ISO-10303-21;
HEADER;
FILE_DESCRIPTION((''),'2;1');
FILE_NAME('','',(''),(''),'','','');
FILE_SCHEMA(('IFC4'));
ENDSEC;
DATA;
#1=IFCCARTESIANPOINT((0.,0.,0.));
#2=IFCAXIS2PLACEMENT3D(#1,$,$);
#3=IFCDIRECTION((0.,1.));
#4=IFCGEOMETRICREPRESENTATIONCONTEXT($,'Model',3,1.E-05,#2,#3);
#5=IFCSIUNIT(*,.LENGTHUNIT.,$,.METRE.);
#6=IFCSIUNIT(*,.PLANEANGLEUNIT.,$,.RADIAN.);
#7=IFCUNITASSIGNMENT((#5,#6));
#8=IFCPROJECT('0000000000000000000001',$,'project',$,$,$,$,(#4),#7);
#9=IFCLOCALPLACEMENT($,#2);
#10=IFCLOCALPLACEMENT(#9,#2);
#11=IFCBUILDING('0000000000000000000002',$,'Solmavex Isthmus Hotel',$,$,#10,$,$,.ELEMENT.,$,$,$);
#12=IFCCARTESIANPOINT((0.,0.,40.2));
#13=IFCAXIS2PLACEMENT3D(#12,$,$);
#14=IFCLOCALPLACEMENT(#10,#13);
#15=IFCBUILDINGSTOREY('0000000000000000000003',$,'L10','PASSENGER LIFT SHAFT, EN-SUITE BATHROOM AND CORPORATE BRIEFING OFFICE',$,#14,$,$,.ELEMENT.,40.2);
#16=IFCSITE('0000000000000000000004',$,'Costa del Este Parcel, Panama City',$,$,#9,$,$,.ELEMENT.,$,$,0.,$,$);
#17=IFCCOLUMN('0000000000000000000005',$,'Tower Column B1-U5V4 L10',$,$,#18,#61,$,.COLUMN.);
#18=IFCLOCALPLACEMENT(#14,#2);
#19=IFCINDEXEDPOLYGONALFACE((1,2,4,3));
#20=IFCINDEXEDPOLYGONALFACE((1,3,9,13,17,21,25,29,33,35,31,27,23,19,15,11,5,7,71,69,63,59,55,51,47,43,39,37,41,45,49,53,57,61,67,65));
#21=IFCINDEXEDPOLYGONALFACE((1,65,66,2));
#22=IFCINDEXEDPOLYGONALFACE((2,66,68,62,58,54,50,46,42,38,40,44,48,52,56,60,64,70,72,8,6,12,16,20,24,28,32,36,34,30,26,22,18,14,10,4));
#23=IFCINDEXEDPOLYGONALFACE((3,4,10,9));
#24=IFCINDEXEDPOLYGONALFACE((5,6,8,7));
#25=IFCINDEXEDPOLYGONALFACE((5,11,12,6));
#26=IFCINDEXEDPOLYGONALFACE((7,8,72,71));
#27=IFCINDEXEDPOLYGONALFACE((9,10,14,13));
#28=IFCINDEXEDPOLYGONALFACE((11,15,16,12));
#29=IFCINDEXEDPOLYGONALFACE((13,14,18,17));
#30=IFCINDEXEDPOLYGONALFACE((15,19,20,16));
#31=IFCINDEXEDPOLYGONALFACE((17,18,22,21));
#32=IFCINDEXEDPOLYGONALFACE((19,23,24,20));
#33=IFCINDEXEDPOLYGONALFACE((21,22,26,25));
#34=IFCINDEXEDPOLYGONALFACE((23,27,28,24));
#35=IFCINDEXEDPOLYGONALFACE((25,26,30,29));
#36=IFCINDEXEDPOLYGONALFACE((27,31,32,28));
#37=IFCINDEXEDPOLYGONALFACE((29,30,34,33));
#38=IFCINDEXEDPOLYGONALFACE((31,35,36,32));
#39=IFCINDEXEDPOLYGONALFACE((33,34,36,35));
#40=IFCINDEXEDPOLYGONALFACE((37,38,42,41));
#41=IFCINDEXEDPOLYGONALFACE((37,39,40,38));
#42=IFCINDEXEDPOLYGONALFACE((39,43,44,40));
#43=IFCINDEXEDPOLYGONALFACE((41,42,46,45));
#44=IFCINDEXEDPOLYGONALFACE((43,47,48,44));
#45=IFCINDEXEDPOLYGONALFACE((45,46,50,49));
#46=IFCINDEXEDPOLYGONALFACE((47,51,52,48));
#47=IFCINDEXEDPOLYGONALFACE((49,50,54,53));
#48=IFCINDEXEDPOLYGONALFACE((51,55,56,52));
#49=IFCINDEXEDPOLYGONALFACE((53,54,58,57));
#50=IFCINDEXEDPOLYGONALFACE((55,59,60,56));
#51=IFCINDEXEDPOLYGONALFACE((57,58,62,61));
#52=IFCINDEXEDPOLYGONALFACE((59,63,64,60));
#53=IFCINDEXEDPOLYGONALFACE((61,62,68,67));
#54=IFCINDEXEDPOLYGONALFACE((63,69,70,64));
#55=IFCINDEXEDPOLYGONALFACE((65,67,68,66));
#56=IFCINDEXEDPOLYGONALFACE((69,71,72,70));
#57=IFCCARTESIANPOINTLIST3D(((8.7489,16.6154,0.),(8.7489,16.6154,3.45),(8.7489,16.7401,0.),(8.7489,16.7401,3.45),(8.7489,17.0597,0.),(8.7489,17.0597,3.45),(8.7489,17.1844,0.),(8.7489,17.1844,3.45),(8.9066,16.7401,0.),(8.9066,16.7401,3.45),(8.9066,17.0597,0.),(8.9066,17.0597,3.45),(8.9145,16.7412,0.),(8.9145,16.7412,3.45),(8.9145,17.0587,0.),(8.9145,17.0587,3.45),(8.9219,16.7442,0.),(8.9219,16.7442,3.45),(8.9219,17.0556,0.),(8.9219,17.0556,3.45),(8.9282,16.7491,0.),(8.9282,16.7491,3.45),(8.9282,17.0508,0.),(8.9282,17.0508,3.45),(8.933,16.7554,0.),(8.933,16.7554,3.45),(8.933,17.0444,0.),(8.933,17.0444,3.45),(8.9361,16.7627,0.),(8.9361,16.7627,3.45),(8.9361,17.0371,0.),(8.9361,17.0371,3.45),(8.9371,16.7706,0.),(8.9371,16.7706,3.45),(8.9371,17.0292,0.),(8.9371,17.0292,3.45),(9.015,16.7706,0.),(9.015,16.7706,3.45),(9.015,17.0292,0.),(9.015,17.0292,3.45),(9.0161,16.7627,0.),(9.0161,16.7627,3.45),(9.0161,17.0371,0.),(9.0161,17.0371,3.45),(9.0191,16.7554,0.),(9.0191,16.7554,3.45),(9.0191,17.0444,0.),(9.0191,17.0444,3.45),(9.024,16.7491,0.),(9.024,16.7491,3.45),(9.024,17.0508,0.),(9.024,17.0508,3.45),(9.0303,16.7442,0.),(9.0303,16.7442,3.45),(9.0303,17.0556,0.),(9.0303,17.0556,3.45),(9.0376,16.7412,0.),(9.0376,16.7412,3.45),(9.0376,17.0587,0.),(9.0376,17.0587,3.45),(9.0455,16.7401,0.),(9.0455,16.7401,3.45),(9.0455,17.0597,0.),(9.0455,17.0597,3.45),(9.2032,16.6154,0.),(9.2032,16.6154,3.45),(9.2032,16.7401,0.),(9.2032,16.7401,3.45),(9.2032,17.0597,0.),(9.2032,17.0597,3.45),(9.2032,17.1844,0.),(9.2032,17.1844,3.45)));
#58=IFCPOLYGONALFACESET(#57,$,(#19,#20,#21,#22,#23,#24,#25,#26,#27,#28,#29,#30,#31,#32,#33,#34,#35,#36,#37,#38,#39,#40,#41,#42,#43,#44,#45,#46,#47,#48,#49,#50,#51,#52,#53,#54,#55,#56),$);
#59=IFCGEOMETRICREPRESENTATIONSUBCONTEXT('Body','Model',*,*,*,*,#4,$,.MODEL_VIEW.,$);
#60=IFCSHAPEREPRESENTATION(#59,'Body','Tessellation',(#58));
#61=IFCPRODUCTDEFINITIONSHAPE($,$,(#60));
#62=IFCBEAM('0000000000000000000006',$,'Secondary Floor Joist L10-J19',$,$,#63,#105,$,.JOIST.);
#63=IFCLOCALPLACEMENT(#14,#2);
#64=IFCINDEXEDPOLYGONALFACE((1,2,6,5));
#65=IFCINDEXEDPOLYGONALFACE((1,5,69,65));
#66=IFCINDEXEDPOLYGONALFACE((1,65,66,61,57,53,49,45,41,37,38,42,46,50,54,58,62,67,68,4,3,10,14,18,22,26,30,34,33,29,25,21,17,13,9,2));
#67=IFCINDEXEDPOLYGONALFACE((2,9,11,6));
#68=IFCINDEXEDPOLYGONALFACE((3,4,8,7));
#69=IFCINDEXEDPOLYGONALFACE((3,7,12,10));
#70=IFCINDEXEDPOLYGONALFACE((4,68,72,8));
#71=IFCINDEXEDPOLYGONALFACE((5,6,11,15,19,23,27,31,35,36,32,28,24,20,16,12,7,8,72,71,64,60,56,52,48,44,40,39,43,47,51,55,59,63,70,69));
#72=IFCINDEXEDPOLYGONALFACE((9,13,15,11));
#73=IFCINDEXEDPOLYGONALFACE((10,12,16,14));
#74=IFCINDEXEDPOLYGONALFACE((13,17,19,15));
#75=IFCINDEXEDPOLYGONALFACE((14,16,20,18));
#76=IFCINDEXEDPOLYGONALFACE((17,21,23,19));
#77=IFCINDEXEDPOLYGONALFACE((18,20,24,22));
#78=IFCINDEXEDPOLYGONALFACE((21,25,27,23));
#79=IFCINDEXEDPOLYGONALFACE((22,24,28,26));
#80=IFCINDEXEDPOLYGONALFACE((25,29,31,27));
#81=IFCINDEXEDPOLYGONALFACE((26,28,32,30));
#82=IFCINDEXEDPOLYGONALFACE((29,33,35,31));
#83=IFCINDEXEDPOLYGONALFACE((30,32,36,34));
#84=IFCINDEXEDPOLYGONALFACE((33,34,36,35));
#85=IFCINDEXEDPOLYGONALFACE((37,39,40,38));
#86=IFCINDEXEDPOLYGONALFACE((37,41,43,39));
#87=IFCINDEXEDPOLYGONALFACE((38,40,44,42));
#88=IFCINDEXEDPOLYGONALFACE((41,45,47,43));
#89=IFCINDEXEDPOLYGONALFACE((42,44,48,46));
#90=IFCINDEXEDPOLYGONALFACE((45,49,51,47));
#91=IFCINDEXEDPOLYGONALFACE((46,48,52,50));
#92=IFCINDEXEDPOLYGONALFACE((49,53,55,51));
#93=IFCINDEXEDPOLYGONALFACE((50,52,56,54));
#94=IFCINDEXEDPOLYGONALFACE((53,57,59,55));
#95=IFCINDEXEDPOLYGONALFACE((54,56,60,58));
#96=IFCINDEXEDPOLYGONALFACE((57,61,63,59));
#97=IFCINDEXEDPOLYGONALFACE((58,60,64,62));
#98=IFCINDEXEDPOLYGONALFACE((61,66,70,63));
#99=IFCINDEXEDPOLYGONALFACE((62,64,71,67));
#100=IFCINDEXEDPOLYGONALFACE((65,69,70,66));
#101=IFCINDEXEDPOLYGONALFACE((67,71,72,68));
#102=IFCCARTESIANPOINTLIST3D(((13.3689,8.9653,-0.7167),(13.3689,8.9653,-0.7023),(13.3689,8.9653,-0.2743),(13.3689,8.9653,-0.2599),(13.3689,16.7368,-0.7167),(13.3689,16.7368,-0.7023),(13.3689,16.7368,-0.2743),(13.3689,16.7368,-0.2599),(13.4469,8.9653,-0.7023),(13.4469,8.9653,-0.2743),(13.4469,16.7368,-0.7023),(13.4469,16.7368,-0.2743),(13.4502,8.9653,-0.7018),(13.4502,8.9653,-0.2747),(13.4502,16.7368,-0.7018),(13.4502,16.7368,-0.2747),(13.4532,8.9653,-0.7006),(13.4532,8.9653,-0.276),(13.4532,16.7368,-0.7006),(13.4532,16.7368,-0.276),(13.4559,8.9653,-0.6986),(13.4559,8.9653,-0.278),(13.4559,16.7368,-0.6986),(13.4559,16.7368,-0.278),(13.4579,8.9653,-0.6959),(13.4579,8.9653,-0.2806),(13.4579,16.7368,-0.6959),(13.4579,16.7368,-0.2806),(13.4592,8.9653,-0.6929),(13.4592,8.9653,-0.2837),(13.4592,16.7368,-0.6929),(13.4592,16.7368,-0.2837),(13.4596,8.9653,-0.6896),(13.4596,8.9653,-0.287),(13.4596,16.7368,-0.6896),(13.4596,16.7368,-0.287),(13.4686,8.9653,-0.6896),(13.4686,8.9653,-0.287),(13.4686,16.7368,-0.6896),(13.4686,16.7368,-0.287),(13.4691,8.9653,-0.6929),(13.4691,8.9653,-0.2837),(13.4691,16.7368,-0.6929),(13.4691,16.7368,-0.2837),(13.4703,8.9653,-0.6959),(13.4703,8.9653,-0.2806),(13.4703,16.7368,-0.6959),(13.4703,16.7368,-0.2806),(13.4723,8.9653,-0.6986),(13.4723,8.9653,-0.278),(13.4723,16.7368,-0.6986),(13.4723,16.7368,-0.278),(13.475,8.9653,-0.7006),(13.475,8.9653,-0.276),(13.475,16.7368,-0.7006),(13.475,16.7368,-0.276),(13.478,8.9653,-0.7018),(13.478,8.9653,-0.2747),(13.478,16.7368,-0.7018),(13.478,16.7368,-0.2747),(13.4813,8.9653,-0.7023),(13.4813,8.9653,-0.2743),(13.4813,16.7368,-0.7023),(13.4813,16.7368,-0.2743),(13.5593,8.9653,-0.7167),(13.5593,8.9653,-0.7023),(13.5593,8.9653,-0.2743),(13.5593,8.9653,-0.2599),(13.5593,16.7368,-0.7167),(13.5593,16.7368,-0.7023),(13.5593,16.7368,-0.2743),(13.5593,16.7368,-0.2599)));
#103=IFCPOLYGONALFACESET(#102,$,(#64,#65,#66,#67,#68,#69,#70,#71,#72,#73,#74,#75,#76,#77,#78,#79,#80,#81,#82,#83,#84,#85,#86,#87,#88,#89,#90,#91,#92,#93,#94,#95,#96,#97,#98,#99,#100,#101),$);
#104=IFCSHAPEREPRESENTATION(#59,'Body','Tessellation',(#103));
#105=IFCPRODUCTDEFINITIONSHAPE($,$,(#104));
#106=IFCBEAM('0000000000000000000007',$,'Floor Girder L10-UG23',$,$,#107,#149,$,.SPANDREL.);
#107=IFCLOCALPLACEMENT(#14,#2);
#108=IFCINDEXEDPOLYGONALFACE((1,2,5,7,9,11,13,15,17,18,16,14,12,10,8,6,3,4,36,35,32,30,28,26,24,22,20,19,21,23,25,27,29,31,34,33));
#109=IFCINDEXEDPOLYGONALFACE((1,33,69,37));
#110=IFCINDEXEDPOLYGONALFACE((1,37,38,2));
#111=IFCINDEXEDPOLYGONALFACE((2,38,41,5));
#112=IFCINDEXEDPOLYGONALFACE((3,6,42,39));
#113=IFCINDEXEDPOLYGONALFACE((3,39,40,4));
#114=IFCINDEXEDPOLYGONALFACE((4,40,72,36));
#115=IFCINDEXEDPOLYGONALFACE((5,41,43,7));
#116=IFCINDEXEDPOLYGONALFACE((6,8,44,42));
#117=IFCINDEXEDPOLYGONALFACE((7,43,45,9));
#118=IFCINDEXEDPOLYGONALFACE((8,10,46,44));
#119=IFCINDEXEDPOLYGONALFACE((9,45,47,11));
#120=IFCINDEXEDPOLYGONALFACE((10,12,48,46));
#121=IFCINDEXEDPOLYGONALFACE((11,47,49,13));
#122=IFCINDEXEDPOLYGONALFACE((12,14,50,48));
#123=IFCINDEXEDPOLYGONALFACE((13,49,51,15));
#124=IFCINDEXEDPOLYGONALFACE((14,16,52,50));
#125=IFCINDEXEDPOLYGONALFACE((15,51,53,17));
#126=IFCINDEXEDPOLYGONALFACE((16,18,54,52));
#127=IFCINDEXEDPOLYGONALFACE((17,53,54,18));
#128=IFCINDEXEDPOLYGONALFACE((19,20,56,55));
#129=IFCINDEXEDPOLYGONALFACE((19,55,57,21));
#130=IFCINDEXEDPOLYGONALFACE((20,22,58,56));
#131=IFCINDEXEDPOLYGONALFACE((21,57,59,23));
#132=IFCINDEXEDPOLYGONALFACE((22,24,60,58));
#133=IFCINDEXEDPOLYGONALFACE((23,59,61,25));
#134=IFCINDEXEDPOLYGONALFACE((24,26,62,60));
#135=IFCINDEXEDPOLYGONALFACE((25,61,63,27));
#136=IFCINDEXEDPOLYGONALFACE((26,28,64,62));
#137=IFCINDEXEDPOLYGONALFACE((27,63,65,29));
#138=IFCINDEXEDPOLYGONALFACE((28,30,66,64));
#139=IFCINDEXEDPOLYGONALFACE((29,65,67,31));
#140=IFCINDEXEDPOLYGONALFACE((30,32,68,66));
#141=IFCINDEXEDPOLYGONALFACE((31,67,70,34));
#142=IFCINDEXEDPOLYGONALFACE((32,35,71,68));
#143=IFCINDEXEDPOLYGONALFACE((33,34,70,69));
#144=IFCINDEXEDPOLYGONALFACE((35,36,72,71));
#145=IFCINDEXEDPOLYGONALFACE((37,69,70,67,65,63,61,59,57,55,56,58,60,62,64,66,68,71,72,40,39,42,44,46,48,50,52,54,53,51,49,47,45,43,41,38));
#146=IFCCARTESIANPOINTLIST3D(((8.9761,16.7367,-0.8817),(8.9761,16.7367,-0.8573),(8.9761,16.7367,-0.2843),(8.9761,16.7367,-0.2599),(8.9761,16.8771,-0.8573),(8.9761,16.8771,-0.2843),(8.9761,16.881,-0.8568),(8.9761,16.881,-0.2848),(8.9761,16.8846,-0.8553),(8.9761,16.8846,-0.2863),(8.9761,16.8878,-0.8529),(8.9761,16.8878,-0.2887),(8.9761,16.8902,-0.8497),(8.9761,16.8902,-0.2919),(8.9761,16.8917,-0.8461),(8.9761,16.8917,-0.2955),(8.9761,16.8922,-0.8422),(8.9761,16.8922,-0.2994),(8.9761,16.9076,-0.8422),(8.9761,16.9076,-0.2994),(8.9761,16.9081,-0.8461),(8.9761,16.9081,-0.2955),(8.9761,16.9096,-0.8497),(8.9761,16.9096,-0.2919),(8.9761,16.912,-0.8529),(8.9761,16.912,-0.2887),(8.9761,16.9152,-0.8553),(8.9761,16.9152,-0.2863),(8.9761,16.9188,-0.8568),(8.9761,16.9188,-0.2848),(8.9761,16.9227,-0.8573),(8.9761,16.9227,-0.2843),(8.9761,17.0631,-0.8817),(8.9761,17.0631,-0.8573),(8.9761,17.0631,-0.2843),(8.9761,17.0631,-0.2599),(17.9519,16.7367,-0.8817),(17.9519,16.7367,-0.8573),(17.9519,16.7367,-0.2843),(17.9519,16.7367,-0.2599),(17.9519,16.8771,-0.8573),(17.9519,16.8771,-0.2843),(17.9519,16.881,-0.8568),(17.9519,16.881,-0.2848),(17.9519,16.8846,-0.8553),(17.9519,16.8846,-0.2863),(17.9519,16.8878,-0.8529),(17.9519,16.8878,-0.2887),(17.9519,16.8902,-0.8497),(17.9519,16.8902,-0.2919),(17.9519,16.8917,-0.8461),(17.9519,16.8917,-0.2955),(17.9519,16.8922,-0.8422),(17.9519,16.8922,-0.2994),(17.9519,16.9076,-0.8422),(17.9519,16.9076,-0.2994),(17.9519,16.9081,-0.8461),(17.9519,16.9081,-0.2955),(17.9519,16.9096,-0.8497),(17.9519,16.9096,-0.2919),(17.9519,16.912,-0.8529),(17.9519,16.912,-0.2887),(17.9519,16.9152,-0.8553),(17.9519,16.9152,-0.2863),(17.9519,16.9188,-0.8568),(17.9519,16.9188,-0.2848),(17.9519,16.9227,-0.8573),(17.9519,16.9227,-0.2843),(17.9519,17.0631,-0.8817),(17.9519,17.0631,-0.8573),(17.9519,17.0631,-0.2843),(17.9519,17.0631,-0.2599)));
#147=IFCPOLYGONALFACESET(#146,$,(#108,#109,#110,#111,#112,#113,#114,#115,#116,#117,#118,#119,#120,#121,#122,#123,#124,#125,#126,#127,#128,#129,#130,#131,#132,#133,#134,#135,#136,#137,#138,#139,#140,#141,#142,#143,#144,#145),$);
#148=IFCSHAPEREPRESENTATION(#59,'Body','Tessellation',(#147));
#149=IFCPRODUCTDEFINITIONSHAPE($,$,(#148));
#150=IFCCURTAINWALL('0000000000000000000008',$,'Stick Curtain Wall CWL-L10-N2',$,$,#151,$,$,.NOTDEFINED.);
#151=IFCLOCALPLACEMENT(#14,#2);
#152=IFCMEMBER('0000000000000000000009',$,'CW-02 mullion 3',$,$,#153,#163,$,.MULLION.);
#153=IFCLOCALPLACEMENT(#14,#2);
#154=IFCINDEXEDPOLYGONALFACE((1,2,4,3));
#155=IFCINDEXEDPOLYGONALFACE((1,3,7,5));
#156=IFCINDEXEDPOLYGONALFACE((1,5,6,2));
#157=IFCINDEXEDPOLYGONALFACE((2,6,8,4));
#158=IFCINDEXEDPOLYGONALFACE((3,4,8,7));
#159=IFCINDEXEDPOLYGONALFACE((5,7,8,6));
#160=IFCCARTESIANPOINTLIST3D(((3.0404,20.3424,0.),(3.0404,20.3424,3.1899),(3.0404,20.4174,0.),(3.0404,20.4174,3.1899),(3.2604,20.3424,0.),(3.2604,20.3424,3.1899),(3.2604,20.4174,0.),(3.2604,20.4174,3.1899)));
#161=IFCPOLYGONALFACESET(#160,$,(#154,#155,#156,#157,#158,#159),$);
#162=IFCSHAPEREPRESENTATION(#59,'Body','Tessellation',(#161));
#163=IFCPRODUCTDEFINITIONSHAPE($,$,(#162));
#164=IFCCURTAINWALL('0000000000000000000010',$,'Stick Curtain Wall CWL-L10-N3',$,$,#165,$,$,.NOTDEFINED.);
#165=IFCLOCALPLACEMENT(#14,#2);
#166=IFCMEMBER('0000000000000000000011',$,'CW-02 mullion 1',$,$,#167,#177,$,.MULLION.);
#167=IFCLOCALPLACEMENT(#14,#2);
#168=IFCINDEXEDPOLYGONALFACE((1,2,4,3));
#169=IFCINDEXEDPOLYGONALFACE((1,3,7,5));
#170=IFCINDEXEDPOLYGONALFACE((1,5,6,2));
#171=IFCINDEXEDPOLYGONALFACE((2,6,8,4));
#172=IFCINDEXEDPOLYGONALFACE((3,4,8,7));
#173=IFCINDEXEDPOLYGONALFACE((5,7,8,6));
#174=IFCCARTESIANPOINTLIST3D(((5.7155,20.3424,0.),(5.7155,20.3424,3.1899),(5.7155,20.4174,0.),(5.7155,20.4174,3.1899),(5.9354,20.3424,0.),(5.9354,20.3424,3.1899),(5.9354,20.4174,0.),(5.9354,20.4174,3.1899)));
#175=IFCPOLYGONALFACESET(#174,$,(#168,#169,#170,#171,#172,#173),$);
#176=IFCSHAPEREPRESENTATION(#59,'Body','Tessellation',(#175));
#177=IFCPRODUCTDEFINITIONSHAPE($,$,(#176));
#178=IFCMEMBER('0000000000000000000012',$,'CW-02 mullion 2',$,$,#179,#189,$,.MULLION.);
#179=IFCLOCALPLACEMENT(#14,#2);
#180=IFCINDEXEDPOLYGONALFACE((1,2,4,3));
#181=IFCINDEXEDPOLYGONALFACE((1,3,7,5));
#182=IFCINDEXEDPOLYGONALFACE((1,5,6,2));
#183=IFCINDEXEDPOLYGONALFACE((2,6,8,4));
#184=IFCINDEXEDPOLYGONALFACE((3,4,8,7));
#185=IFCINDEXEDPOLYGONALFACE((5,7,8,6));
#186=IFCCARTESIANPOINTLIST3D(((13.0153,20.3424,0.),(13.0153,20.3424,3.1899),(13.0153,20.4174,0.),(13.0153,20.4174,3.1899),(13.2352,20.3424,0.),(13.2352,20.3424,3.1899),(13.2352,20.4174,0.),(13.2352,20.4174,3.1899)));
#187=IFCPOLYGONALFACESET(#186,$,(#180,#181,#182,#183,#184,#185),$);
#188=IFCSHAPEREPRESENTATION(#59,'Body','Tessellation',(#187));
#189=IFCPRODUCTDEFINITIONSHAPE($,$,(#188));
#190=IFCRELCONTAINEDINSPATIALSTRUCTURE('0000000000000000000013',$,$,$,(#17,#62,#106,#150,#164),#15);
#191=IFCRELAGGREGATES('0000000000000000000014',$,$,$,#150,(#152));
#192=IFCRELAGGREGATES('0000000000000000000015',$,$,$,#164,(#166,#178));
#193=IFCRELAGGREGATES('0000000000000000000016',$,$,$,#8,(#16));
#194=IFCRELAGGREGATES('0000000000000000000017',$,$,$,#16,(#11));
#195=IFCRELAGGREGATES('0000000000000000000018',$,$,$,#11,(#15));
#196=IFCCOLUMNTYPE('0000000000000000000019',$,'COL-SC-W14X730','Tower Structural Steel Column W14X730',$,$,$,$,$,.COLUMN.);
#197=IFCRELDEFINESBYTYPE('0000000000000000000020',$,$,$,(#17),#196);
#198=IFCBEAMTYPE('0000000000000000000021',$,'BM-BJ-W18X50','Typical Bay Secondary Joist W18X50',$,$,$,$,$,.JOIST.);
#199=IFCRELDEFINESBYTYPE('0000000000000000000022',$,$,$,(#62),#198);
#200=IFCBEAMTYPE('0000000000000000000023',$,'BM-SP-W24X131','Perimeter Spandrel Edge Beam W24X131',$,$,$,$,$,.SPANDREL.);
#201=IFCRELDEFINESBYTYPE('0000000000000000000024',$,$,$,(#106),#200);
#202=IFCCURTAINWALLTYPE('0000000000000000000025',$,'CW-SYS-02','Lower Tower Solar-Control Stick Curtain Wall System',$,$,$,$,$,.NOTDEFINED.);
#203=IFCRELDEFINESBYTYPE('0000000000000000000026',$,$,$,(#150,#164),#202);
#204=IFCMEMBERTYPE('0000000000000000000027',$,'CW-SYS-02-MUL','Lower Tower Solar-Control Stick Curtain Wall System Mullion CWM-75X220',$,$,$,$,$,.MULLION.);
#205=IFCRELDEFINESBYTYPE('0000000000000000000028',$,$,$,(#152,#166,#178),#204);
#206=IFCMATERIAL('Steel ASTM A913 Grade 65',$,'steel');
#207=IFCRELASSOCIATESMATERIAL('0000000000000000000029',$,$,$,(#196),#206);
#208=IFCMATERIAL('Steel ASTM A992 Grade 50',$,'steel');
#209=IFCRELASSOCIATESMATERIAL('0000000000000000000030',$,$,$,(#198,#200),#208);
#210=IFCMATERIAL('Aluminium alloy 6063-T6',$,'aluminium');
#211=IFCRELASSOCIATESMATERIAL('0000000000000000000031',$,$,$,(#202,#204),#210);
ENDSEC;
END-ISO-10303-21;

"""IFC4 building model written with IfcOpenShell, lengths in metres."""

from ifc_helpers import new_model, si_unit, direction, frame, origin, origin_2d, place, context, subcontext, project, spatial, rectangle, i_section, extrude, material, material_profile, profile_set, type_object, element, aggregate, save


model = new_model("IFC4")

# Units and contexts
model_context = context("Model", 3, precision=1e-05, world=origin(), true_north=direction((0.0, 1.0)))
body_context = subcontext(model_context, "Body", "Model", "MODEL_VIEW")
ifc_project = project(units=[si_unit("LENGTHUNIT", "METRE"), si_unit("PLANEANGLEUNIT", "RADIAN")], contexts=[model_context])

# Site, building, storey
site_placement = place(None, origin())
site = spatial("IfcSite", under=ifc_project, at=site_placement, Name="Costa del Este Parcel, Panama City", CompositionType="ELEMENT", RefElevation=0.0)
building_placement = place(site_placement, origin())
building = spatial("IfcBuilding", under=site, at=building_placement, Name="Solmavex Isthmus Hotel", CompositionType="ELEMENT")
storey_placement = place(building_placement, frame((0.0, 0.0, 40.2)))
storey = spatial("IfcBuildingStorey", under=building, at=storey_placement, Name="L10", Description="PASSENGER LIFT SHAFT, EN-SUITE BATHROOM AND CORPORATE BRIEFING OFFICE", CompositionType="ELEMENT", Elevation=40.2)

# Column
ifc_material_1 = material(Name="Steel ASTM A913 Grade 65", Category="steel")
ifc_material_profile_1 = material_profile(ifc_material_1, i_section(OverallWidth=0.4543, OverallDepth=0.5691, WebThickness=0.0779, FlangeThickness=0.1248, FilletRadius=0.0305, at=origin_2d()), Name="W14X730")
ifc_profile_set_1 = profile_set([ifc_material_profile_1], Name="Steel ASTM A913 Grade 65")
column_type = type_object("IfcColumnType", Name="COL-SC-W14X730", Description="Tower Structural Steel Column W14X730", PredefinedType="COLUMN", material=ifc_profile_set_1)
column_placement = place(storey_placement, frame((8.9761, 16.8999, 0.0), z_axis=(0.0, 0.0, 1.0), x_axis=(1.0, 0.0, 0.0)))
element("IfcColumn", 1, at=column_placement, inside=storey, type_object=column_type, Name="Tower Column B1-U5V4 L10", PredefinedType="COLUMN", context=body_context, shape_type="SweptSolid", body=[
    extrude(i_section(OverallWidth=0.4543, OverallDepth=0.5691, WebThickness=0.0779, FlangeThickness=0.1248, FilletRadius=0.0305, at=origin_2d()), origin(), (0.0, 0.0, 1.0), 3.45),
])

# Beams
ifc_material_2 = material(Name="Steel ASTM A992 Grade 50", Category="steel")
ifc_material_profile_2 = material_profile(ifc_material_2, i_section(OverallWidth=0.1904, OverallDepth=0.4568, WebThickness=0.009, FlangeThickness=0.0144, FilletRadius=0.0127, at=origin_2d()), Name="W18X50")
ifc_profile_set_2 = profile_set([ifc_material_profile_2], Name="Steel ASTM A992 Grade 50")
beam_type_1 = type_object("IfcBeamType", Name="BM-BJ-W18X50", Description="Typical Bay Secondary Joist W18X50", PredefinedType="JOIST", material=ifc_profile_set_2)
beam_1_placement = place(storey_placement, frame((13.4641, 8.9653, -0.4883), z_axis=(0.0, 1.0, 0.0), x_axis=(-1.0, 0.0, 0.0)))
element("IfcBeam", 2, at=beam_1_placement, inside=storey, type_object=beam_type_1, Name="Secondary Floor Joist L10-J19", PredefinedType="JOIST", context=body_context, shape_type="SweptSolid", body=[
    extrude(i_section(OverallWidth=0.1904, OverallDepth=0.4568, WebThickness=0.009, FlangeThickness=0.0144, FilletRadius=0.0127, at=origin_2d()), origin(), (0.0, 0.0, 1.0), 7.7715),
])
ifc_material_profile_3 = material_profile(ifc_material_2, i_section(OverallWidth=0.3264, OverallDepth=0.6218, WebThickness=0.0154, FlangeThickness=0.0244, FilletRadius=0.0151, at=origin_2d()), Name="W24X131")
ifc_profile_set_3 = profile_set([ifc_material_profile_3], Name="Steel ASTM A992 Grade 50")
beam_type_2 = type_object("IfcBeamType", Name="BM-SP-W24X131", Description="Perimeter Spandrel Edge Beam W24X131", PredefinedType="SPANDREL", material=ifc_profile_set_3)
beam_2_placement = place(storey_placement, frame((8.9761, 16.8999, -0.5708), z_axis=(1.0, 0.0, 0.0), x_axis=(0.0, 1.0, 0.0)))
element("IfcBeam", 3, at=beam_2_placement, inside=storey, type_object=beam_type_2, Name="Floor Girder L10-UG23", PredefinedType="SPANDREL", context=body_context, shape_type="SweptSolid", body=[
    extrude(i_section(OverallWidth=0.3264, OverallDepth=0.6218, WebThickness=0.0154, FlangeThickness=0.0244, FilletRadius=0.0151, at=origin_2d()), origin(), (0.0, 0.0, 1.0), 8.9758),
])

# Curtain wall, member
ifc_material_3 = material(Name="Aluminium alloy 6063-T6", Category="aluminium")
curtain_wall_type = type_object("IfcCurtainWallType", Name="CW-SYS-02", Description="Lower Tower Solar-Control Stick Curtain Wall System", PredefinedType="NOTDEFINED", material=ifc_material_3)
curtain_wall_1_placement = place(storey_placement, origin())
curtain_wall_1 = element("IfcCurtainWall", 4, at=curtain_wall_1_placement, inside=storey, type_object=curtain_wall_type, Name="Stick Curtain Wall CWL-L10-N2", PredefinedType="NOTDEFINED")
ifc_material_profile_4 = material_profile(ifc_material_3, rectangle(XDim=0.075, YDim=0.22, at=origin_2d()), Name="CWM-75X220")
ifc_profile_set_4 = profile_set([ifc_material_profile_4], Name="Aluminium alloy 6063-T6")
member_type_1 = type_object("IfcMemberType", Name="CW-SYS-02-MUL", Description="Lower Tower Solar-Control Stick Curtain Wall System Mullion CWM-75X220", PredefinedType="MULLION", material=ifc_profile_set_4)
member_1_placement = place(storey_placement, frame((3.1504, 20.3799, 0.0), z_axis=(0.0, 0.0, 1.0), x_axis=(0.0, 1.0, 0.0)))
member_1 = element("IfcMember", 5, at=member_1_placement, type_object=member_type_1, Name="CW-02 mullion 3", PredefinedType="MULLION", context=body_context, shape_type="SweptSolid", body=[
    extrude(rectangle(XDim=0.075, YDim=0.22, at=origin_2d()), origin(), (0.0, 0.0, 1.0), 3.1899),
])
aggregate(curtain_wall_1, [member_1])

# Curtain wall, members
curtain_wall_2_placement = place(storey_placement, origin())
curtain_wall_2 = element("IfcCurtainWall", 6, at=curtain_wall_2_placement, inside=storey, type_object=curtain_wall_type, Name="Stick Curtain Wall CWL-L10-N3", PredefinedType="NOTDEFINED")
member_2_placement = place(storey_placement, frame((5.8254, 20.3799, 0.0), z_axis=(0.0, 0.0, 1.0), x_axis=(0.0, 1.0, 0.0)))
member_2 = element("IfcMember", 7, at=member_2_placement, type_object=member_type_1, Name="CW-02 mullion 1", PredefinedType="MULLION", context=body_context, shape_type="SweptSolid", body=[
    extrude(rectangle(XDim=0.075, YDim=0.22, at=origin_2d()), origin(), (0.0, 0.0, 1.0), 3.1899),
])
member_3_placement = place(storey_placement, frame((13.1252, 20.3799, 0.0), z_axis=(0.0, 0.0, 1.0), x_axis=(0.0, 1.0, 0.0)))
member_3 = element("IfcMember", 8, at=member_3_placement, type_object=member_type_1, Name="CW-02 mullion 2", PredefinedType="MULLION", context=body_context, shape_type="SweptSolid", body=[
    extrude(rectangle(XDim=0.075, YDim=0.22, at=origin_2d()), origin(), (0.0, 0.0, 1.0), 3.1899),
])
aggregate(curtain_wall_2, [member_2, member_3])

save(model, "model.ifc")
